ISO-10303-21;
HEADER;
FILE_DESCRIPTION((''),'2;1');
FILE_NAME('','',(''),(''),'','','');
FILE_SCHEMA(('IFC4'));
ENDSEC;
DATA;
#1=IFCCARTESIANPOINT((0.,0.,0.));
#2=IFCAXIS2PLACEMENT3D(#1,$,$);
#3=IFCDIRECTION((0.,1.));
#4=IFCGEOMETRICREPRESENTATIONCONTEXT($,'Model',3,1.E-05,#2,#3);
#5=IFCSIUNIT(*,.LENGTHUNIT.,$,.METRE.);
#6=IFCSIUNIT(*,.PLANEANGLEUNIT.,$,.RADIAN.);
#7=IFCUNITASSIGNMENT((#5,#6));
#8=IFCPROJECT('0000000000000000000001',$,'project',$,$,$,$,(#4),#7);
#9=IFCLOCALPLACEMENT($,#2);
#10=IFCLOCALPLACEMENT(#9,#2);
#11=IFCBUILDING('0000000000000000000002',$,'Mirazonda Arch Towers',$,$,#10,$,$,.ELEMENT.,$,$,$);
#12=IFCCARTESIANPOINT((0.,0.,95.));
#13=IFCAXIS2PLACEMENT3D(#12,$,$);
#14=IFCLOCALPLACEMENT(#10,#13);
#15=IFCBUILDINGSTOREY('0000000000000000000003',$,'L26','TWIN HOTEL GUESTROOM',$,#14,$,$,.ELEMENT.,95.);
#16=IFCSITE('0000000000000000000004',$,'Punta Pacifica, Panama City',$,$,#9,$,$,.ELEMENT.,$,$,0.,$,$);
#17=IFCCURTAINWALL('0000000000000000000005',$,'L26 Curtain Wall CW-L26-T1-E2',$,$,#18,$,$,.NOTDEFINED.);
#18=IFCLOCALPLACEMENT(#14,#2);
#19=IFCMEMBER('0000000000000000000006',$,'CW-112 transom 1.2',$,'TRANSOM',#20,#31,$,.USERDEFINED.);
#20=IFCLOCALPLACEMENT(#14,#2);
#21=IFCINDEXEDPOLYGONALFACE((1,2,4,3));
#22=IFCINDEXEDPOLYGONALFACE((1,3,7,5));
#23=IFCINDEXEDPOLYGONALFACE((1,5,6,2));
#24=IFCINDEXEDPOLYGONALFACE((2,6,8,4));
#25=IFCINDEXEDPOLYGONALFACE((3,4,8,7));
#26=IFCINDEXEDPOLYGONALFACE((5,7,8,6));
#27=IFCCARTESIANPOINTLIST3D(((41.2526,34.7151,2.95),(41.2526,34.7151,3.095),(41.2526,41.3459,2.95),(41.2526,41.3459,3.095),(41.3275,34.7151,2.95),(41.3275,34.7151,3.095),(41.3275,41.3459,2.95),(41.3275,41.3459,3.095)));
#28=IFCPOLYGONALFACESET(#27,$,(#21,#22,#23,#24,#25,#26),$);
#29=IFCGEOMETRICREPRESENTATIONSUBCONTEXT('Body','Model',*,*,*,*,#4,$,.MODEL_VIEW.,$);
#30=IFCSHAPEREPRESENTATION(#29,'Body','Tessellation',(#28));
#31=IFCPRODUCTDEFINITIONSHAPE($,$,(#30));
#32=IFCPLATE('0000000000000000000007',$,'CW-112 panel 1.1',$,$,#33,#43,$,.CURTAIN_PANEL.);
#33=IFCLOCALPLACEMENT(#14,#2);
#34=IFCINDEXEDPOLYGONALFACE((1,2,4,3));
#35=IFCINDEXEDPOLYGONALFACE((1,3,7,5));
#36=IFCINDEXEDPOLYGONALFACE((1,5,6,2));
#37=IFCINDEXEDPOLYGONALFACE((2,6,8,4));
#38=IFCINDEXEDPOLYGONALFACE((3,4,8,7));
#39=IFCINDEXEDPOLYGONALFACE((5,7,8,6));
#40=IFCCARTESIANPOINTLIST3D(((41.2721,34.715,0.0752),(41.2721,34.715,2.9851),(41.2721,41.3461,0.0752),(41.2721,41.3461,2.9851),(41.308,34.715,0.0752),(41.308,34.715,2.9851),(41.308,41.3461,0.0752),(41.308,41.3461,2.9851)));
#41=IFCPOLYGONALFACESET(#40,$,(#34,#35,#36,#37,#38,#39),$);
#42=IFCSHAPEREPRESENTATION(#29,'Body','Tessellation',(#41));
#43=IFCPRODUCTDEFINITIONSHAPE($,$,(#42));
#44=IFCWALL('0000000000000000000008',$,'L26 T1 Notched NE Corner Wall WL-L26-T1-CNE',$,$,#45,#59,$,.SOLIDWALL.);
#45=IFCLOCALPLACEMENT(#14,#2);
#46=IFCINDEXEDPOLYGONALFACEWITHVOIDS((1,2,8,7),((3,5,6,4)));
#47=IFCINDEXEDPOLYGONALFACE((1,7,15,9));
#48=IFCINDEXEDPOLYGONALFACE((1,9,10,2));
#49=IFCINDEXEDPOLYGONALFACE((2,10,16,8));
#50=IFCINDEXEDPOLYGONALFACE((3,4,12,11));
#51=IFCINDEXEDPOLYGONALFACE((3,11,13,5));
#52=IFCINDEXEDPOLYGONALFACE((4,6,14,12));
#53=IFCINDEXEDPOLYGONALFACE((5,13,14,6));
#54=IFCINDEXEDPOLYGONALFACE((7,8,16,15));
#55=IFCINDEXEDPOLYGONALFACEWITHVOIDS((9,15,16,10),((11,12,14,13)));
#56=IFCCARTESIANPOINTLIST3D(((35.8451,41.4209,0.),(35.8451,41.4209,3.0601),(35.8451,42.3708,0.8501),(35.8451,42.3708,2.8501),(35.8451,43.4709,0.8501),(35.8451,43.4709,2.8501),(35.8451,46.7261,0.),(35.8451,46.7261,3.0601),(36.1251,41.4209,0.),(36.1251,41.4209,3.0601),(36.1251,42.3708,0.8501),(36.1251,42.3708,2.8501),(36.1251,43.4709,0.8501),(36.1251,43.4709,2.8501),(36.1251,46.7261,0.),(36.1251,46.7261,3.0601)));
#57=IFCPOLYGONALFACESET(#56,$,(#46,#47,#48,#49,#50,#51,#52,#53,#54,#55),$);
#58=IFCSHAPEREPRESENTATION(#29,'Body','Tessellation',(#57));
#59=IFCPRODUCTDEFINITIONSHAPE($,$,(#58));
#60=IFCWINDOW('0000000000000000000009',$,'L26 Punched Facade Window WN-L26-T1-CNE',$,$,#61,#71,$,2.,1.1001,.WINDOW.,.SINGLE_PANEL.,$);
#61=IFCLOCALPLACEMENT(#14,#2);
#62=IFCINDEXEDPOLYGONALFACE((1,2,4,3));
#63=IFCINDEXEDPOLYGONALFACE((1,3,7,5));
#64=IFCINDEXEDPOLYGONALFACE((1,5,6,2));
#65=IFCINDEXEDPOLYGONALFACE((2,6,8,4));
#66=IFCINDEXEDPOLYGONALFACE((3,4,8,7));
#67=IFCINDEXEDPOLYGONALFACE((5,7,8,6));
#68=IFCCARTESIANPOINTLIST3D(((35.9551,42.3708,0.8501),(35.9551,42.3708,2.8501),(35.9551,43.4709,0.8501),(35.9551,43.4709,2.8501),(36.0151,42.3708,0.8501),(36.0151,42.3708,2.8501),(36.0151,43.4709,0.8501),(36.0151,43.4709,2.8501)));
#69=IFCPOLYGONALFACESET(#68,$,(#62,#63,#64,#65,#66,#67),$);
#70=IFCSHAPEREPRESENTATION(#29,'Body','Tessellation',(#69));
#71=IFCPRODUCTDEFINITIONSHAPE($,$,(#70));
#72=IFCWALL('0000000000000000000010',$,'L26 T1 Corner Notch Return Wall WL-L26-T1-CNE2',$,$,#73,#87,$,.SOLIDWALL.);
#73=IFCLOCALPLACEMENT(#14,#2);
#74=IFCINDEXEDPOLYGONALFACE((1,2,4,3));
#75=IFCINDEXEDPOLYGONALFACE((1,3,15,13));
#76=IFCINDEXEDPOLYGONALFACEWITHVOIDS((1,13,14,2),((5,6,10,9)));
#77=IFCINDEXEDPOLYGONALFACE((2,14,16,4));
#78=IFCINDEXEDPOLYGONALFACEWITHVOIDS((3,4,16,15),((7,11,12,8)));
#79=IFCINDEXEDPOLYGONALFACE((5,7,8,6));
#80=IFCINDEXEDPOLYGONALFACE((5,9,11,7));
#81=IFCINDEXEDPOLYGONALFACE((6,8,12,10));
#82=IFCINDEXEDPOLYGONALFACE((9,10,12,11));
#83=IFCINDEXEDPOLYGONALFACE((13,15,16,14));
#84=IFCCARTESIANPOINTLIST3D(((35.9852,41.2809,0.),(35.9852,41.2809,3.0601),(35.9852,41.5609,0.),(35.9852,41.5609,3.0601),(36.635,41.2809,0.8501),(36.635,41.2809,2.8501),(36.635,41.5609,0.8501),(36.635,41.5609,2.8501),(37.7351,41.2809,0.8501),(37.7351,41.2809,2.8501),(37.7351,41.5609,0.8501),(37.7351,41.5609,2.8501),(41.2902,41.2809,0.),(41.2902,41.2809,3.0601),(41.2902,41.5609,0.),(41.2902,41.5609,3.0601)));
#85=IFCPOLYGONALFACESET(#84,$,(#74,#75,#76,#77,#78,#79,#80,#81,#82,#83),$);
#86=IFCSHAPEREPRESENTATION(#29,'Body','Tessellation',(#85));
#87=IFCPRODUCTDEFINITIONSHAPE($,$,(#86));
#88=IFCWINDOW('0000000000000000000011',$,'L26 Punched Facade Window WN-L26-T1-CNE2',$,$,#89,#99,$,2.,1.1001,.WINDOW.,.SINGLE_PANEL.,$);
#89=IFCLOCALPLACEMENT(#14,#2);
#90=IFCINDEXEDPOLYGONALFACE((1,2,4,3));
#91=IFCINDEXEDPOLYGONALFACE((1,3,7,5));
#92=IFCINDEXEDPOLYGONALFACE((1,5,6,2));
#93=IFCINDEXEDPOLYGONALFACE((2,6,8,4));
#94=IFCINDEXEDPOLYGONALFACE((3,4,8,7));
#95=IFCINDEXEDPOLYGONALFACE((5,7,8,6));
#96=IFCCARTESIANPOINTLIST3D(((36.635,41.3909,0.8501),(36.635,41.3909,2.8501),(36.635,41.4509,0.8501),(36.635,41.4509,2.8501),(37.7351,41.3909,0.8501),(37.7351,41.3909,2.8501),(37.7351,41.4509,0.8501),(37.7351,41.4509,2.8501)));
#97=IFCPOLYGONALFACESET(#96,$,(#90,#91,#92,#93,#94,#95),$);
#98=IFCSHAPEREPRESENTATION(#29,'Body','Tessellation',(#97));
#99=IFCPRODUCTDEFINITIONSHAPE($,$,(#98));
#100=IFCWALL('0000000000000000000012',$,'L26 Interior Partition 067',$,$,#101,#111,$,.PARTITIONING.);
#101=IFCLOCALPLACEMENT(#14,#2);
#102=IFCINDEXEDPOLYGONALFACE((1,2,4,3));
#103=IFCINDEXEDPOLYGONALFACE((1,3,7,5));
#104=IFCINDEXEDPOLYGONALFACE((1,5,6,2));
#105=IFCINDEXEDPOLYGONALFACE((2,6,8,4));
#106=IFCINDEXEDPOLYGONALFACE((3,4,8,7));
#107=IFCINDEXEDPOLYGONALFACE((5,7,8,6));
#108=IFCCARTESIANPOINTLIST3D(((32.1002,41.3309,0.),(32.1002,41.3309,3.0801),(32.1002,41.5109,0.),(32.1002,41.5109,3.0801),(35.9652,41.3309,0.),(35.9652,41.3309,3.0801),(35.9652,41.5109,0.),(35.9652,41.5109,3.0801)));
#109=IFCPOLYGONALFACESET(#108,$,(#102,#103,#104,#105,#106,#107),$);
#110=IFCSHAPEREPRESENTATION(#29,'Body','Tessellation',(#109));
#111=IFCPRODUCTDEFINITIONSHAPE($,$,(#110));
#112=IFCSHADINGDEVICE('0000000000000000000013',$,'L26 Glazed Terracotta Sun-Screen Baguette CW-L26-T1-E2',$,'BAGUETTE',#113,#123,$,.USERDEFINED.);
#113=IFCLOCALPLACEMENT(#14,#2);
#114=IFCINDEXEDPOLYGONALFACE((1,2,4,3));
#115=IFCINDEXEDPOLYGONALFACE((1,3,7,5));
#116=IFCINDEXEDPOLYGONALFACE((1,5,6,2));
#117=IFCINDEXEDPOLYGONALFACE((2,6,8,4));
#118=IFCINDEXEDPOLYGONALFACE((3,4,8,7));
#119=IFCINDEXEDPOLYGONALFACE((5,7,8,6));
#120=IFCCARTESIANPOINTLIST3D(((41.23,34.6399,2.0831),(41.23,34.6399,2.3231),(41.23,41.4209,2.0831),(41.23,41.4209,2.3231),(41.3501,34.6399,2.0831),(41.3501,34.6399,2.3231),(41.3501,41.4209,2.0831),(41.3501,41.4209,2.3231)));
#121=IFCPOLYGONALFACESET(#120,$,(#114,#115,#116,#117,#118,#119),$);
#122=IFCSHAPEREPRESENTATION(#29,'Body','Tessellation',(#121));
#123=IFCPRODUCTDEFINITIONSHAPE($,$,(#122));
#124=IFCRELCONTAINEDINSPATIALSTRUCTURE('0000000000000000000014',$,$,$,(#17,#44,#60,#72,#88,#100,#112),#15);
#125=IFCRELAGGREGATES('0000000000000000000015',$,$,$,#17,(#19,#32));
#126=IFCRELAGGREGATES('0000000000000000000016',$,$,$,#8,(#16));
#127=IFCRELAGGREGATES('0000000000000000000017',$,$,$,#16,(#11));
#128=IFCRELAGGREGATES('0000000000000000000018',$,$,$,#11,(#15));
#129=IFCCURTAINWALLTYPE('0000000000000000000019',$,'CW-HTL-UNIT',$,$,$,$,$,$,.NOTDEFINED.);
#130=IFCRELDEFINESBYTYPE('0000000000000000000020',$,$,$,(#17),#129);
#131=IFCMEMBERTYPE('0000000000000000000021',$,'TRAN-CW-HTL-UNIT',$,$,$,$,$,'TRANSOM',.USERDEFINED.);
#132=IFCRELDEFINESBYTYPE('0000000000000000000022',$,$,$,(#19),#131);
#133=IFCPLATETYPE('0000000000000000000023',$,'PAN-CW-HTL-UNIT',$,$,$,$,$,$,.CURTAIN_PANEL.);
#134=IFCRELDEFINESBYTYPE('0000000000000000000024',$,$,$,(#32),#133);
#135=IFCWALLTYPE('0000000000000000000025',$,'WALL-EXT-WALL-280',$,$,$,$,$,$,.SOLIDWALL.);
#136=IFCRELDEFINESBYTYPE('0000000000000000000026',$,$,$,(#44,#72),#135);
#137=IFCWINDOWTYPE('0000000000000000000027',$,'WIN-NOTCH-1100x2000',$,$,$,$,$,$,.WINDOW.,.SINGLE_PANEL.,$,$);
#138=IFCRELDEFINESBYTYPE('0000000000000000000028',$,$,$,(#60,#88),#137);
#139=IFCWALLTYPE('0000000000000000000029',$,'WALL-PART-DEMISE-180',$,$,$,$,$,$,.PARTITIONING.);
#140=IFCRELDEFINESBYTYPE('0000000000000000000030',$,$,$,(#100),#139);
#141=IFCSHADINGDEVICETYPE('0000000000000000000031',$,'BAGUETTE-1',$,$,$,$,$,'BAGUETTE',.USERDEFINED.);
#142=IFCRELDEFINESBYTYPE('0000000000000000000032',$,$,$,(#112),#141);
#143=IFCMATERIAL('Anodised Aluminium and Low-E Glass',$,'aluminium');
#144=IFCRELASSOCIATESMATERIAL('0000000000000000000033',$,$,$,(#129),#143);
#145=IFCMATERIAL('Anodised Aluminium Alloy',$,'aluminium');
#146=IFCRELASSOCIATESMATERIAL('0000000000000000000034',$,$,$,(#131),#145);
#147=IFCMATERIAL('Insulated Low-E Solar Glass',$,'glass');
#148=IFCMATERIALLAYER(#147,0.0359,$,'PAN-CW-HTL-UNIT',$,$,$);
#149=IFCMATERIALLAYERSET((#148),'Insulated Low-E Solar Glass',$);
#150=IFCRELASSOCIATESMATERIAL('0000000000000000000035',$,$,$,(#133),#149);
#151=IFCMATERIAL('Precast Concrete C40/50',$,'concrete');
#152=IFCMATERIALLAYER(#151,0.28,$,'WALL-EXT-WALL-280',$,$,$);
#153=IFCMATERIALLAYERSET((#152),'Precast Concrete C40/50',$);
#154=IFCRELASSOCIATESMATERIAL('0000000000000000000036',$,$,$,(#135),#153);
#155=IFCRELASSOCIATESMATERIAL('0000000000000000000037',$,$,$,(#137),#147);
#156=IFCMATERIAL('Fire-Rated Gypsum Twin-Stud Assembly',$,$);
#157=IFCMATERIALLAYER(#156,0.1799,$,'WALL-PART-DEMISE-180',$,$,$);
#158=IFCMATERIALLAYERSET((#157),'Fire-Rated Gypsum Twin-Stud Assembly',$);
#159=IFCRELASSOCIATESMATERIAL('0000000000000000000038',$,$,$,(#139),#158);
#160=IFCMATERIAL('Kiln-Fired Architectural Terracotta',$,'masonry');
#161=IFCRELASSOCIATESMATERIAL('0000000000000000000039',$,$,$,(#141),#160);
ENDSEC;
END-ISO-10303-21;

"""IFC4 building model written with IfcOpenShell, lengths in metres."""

from ifc_helpers import new_model, si_unit, direction, frame, frame_2d, origin, origin_2d, place, context, subcontext, project, spatial, rectangle, extrude, material, layer, layer_set, material_profile, profile_set, type_object, element, fill, aggregate, save


model = new_model("IFC4")

# Units and contexts
model_context = context("Model", 3, precision=1e-05, world=origin(), true_north=direction((0.0, 1.0)))
body_context = subcontext(model_context, "Body", "Model", "MODEL_VIEW")
ifc_project = project(units=[si_unit("LENGTHUNIT", "METRE"), si_unit("PLANEANGLEUNIT", "RADIAN")], contexts=[model_context])

# Site, building, storey
site_placement = place(None, origin())
site = spatial("IfcSite", under=ifc_project, at=site_placement, Name="Punta Pacifica, Panama City", CompositionType="ELEMENT", RefElevation=0.0)
building_placement = place(site_placement, origin())
building = spatial("IfcBuilding", under=site, at=building_placement, Name="Mirazonda Arch Towers", CompositionType="ELEMENT")
storey_placement = place(building_placement, frame((0.0, 0.0, 95.0)))
storey = spatial("IfcBuildingStorey", under=building, at=storey_placement, Name="L26", Description="TWIN HOTEL GUESTROOM", CompositionType="ELEMENT", Elevation=95.0)

# Shared definitions
ifc_material_1 = material(Name="Anodised Aluminium and Low-E Glass", Category="aluminium")
ifc_material_2 = material(Name="Anodised Aluminium Alloy", Category="aluminium")

# Curtain wall
curtain_wall_type_1 = type_object("IfcCurtainWallType", Name="CW-HTL-UNIT", PredefinedType="NOTDEFINED", material=ifc_material_1)
curtain_wall_1_placement = place(storey_placement, origin())
curtain_wall_1 = element("IfcCurtainWall", 1, at=curtain_wall_1_placement, inside=storey, type_object=curtain_wall_type_1, Name="L26 Curtain Wall CW-L26-T1-E2", PredefinedType="NOTDEFINED")

# Member
ifc_material_profile_1 = material_profile(ifc_material_2, rectangle(XDim=0.075, YDim=0.145, at=origin_2d()), Name="ALU-TRAN-75x145")
ifc_profile_set_1 = profile_set([ifc_material_profile_1], Name="Anodised Aluminium Alloy")
member_type_1 = type_object("IfcMemberType", Name="TRAN-CW-HTL-UNIT", ElementType="TRANSOM", PredefinedType="USERDEFINED", material=ifc_profile_set_1)
member_1_placement = place(storey_placement, frame((41.29, 34.7151, 3.0225), z_axis=(0.0, 1.0, 0.0), x_axis=(-1.0, 0.0, 0.0)))
member_1 = element("IfcMember", 2, at=member_1_placement, type_object=member_type_1, Name="CW-112 transom 1.2", ObjectType="TRANSOM", PredefinedType="USERDEFINED", context=body_context, shape_type="SweptSolid", body=[
    extrude(rectangle(XDim=0.075, YDim=0.145, at=origin_2d()), origin(), (0.0, 0.0, 1.0), 6.6309),
])

# Plate
ifc_material_3 = material(Name="Insulated Low-E Solar Glass", Category="glass")
ifc_layer_1 = layer(ifc_material_3, 0.0359, Name="PAN-CW-HTL-UNIT")
ifc_layer_set_1 = layer_set([ifc_layer_1], Name="Insulated Low-E Solar Glass")
plate_type = type_object("IfcPlateType", Name="PAN-CW-HTL-UNIT", PredefinedType="CURTAIN_PANEL", material=ifc_layer_set_1)
plate_placement = place(storey_placement, frame((41.29, 38.0305, 0.0752), z_axis=(0.0, 0.0, 1.0), x_axis=(0.0, 1.0, 0.0)))
plate = element("IfcPlate", 3, at=plate_placement, type_object=plate_type, Name="CW-112 panel 1.1", PredefinedType="CURTAIN_PANEL", context=body_context, shape_type="SweptSolid", body=[
    extrude(rectangle(XDim=6.6311, YDim=0.0359, at=origin_2d()), origin(), (0.0, 0.0, 1.0), 2.9099),
])
aggregate(curtain_wall_1, [member_1, plate])

# Walls, openings, windows
ifc_material_4 = material(Name="Precast Concrete C40/50", Category="concrete")
ifc_layer_2 = layer(ifc_material_4, 0.28, Name="WALL-EXT-WALL-280")
ifc_layer_set_2 = layer_set([ifc_layer_2], Name="Precast Concrete C40/50")
wall_type_1 = type_object("IfcWallType", Name="WALL-EXT-WALL-280", PredefinedType="SOLIDWALL", material=ifc_layer_set_2)
wall_1_placement = place(storey_placement, frame((35.9851, 41.4209, 0.0), z_axis=(0.0, 0.0, 1.0), x_axis=(0.0, 1.0, 0.0)))
wall_1 = element("IfcWall", 4, at=wall_1_placement, inside=storey, type_object=wall_type_1, Name="L26 T1 Notched NE Corner Wall WL-L26-T1-CNE", PredefinedType="SOLIDWALL", context=body_context, shape_type="SweptSolid", body=[
    extrude(rectangle(XDim=5.3052, YDim=0.28, at=frame_2d((2.6526, 0.0))), origin(), (0.0, 0.0, 1.0), 3.0601),
])
opening_1_placement = place(wall_1_placement, frame((0.95, 0.0, 0.8501)))
opening_1 = element("IfcOpeningElement", 5, at=opening_1_placement, cuts=wall_1, PredefinedType="OPENING", context=body_context, shape_type="SweptSolid", body=[
    extrude(rectangle(XDim=1.1001, YDim=2.0, at=frame_2d((0.55, 1.0))), frame((0.0, 0.1499, 0.0), z_axis=(0.0, -1.0, 0.0), x_axis=(1.0, 0.0, 0.0)), (0.0, 0.0, 1.0), 0.3),
])
window_type = type_object("IfcWindowType", Name="WIN-NOTCH-1100x2000", PartitioningType="SINGLE_PANEL", PredefinedType="WINDOW", material=ifc_material_3)
window_1_placement = place(opening_1_placement, origin())
window_1 = element("IfcWindow", 6, at=window_1_placement, inside=storey, type_object=window_type, Name="L26 Punched Facade Window WN-L26-T1-CNE", OverallHeight=2.0, OverallWidth=1.1001, PartitioningType="SINGLE_PANEL", PredefinedType="WINDOW", context=body_context, shape_type="SweptSolid", body=[
    extrude(rectangle(XDim=1.1001, YDim=2.0, at=frame_2d((0.55, 1.0))), frame((0.0, 0.03, 0.0), z_axis=(0.0, -1.0, 0.0), x_axis=(1.0, 0.0, 0.0)), (0.0, 0.0, 1.0), 0.0601),
])
fill(opening_1, window_1)
wall_2_placement = place(storey_placement, frame((41.29, 41.4209, 0.0), z_axis=(0.0, 0.0, 1.0), x_axis=(-1.0, 0.0, 0.0)))
wall_2 = element("IfcWall", 7, at=wall_2_placement, inside=storey, type_object=wall_type_1, Name="L26 T1 Corner Notch Return Wall WL-L26-T1-CNE2", PredefinedType="SOLIDWALL", context=body_context, shape_type="SweptSolid", body=[
    extrude(rectangle(XDim=5.3049, YDim=0.28, at=frame_2d((2.6523, 0.0))), origin(), (0.0, 0.0, 1.0), 3.0601),
])
opening_2_placement = place(wall_2_placement, frame((3.5549, 0.0, 0.8501)))
opening_2 = element("IfcOpeningElement", 8, at=opening_2_placement, cuts=wall_2, PredefinedType="OPENING", context=body_context, shape_type="SweptSolid", body=[
    extrude(rectangle(XDim=1.1001, YDim=2.0, at=frame_2d((0.55, 1.0))), frame((0.0, 0.1499, 0.0), z_axis=(0.0, -1.0, 0.0), x_axis=(1.0, 0.0, 0.0)), (0.0, 0.0, 1.0), 0.3),
])
window_2_placement = place(opening_2_placement, origin())
window_2 = element("IfcWindow", 9, at=window_2_placement, inside=storey, type_object=window_type, Name="L26 Punched Facade Window WN-L26-T1-CNE2", OverallHeight=2.0, OverallWidth=1.1001, PartitioningType="SINGLE_PANEL", PredefinedType="WINDOW", context=body_context, shape_type="SweptSolid", body=[
    extrude(rectangle(XDim=1.1001, YDim=2.0, at=frame_2d((0.55, 1.0))), frame((0.0, 0.03, 0.0), z_axis=(0.0, -1.0, 0.0), x_axis=(1.0, 0.0, 0.0)), (0.0, 0.0, 1.0), 0.0601),
])
fill(opening_2, window_2)

# Wall
ifc_material_5 = material(Name="Fire-Rated Gypsum Twin-Stud Assembly")
ifc_layer_3 = layer(ifc_material_5, 0.1799, Name="WALL-PART-DEMISE-180")
ifc_layer_set_3 = layer_set([ifc_layer_3], Name="Fire-Rated Gypsum Twin-Stud Assembly")
wall_type_2 = type_object("IfcWallType", Name="WALL-PART-DEMISE-180", PredefinedType="PARTITIONING", material=ifc_layer_set_3)
wall_3_placement = place(storey_placement, frame((32.1001, 41.4209, 0.0), z_axis=(0.0, 0.0, 1.0), x_axis=(1.0, 0.0, 0.0)))
element("IfcWall", 10, at=wall_3_placement, inside=storey, type_object=wall_type_2, Name="L26 Interior Partition 067", PredefinedType="PARTITIONING", context=body_context, shape_type="SweptSolid", body=[
    extrude(rectangle(XDim=3.865, YDim=0.1799, at=frame_2d((1.9326, 0.0))), origin(), (0.0, 0.0, 1.0), 3.0801),
])

# Shading device
ifc_material_6 = material(Name="Kiln-Fired Architectural Terracotta", Category="masonry")
ifc_material_profile_2 = material_profile(ifc_material_6, rectangle(XDim=0.1201, YDim=0.24, at=origin_2d()), Name="TERRA-BAG-120x240")
ifc_profile_set_2 = profile_set([ifc_material_profile_2], Name="Kiln-Fired Architectural Terracotta")
shading_device_type = type_object("IfcShadingDeviceType", Name="BAGUETTE-1", ElementType="BAGUETTE", PredefinedType="USERDEFINED", material=ifc_profile_set_2)
shading_device_placement = place(storey_placement, frame((41.29, 34.6399, 2.2031), z_axis=(0.0, 1.0, 0.0), x_axis=(-1.0, 0.0, 0.0)))
element("IfcShadingDevice", 11, at=shading_device_placement, inside=storey, type_object=shading_device_type, Name="L26 Glazed Terracotta Sun-Screen Baguette CW-L26-T1-E2", ObjectType="BAGUETTE", PredefinedType="USERDEFINED", context=body_context, shape_type="SweptSolid", body=[
    extrude(rectangle(XDim=0.1201, YDim=0.24, at=origin_2d()), origin(), (0.0, 0.0, 1.0), 6.781),
])

save(model, "model.ifc")
